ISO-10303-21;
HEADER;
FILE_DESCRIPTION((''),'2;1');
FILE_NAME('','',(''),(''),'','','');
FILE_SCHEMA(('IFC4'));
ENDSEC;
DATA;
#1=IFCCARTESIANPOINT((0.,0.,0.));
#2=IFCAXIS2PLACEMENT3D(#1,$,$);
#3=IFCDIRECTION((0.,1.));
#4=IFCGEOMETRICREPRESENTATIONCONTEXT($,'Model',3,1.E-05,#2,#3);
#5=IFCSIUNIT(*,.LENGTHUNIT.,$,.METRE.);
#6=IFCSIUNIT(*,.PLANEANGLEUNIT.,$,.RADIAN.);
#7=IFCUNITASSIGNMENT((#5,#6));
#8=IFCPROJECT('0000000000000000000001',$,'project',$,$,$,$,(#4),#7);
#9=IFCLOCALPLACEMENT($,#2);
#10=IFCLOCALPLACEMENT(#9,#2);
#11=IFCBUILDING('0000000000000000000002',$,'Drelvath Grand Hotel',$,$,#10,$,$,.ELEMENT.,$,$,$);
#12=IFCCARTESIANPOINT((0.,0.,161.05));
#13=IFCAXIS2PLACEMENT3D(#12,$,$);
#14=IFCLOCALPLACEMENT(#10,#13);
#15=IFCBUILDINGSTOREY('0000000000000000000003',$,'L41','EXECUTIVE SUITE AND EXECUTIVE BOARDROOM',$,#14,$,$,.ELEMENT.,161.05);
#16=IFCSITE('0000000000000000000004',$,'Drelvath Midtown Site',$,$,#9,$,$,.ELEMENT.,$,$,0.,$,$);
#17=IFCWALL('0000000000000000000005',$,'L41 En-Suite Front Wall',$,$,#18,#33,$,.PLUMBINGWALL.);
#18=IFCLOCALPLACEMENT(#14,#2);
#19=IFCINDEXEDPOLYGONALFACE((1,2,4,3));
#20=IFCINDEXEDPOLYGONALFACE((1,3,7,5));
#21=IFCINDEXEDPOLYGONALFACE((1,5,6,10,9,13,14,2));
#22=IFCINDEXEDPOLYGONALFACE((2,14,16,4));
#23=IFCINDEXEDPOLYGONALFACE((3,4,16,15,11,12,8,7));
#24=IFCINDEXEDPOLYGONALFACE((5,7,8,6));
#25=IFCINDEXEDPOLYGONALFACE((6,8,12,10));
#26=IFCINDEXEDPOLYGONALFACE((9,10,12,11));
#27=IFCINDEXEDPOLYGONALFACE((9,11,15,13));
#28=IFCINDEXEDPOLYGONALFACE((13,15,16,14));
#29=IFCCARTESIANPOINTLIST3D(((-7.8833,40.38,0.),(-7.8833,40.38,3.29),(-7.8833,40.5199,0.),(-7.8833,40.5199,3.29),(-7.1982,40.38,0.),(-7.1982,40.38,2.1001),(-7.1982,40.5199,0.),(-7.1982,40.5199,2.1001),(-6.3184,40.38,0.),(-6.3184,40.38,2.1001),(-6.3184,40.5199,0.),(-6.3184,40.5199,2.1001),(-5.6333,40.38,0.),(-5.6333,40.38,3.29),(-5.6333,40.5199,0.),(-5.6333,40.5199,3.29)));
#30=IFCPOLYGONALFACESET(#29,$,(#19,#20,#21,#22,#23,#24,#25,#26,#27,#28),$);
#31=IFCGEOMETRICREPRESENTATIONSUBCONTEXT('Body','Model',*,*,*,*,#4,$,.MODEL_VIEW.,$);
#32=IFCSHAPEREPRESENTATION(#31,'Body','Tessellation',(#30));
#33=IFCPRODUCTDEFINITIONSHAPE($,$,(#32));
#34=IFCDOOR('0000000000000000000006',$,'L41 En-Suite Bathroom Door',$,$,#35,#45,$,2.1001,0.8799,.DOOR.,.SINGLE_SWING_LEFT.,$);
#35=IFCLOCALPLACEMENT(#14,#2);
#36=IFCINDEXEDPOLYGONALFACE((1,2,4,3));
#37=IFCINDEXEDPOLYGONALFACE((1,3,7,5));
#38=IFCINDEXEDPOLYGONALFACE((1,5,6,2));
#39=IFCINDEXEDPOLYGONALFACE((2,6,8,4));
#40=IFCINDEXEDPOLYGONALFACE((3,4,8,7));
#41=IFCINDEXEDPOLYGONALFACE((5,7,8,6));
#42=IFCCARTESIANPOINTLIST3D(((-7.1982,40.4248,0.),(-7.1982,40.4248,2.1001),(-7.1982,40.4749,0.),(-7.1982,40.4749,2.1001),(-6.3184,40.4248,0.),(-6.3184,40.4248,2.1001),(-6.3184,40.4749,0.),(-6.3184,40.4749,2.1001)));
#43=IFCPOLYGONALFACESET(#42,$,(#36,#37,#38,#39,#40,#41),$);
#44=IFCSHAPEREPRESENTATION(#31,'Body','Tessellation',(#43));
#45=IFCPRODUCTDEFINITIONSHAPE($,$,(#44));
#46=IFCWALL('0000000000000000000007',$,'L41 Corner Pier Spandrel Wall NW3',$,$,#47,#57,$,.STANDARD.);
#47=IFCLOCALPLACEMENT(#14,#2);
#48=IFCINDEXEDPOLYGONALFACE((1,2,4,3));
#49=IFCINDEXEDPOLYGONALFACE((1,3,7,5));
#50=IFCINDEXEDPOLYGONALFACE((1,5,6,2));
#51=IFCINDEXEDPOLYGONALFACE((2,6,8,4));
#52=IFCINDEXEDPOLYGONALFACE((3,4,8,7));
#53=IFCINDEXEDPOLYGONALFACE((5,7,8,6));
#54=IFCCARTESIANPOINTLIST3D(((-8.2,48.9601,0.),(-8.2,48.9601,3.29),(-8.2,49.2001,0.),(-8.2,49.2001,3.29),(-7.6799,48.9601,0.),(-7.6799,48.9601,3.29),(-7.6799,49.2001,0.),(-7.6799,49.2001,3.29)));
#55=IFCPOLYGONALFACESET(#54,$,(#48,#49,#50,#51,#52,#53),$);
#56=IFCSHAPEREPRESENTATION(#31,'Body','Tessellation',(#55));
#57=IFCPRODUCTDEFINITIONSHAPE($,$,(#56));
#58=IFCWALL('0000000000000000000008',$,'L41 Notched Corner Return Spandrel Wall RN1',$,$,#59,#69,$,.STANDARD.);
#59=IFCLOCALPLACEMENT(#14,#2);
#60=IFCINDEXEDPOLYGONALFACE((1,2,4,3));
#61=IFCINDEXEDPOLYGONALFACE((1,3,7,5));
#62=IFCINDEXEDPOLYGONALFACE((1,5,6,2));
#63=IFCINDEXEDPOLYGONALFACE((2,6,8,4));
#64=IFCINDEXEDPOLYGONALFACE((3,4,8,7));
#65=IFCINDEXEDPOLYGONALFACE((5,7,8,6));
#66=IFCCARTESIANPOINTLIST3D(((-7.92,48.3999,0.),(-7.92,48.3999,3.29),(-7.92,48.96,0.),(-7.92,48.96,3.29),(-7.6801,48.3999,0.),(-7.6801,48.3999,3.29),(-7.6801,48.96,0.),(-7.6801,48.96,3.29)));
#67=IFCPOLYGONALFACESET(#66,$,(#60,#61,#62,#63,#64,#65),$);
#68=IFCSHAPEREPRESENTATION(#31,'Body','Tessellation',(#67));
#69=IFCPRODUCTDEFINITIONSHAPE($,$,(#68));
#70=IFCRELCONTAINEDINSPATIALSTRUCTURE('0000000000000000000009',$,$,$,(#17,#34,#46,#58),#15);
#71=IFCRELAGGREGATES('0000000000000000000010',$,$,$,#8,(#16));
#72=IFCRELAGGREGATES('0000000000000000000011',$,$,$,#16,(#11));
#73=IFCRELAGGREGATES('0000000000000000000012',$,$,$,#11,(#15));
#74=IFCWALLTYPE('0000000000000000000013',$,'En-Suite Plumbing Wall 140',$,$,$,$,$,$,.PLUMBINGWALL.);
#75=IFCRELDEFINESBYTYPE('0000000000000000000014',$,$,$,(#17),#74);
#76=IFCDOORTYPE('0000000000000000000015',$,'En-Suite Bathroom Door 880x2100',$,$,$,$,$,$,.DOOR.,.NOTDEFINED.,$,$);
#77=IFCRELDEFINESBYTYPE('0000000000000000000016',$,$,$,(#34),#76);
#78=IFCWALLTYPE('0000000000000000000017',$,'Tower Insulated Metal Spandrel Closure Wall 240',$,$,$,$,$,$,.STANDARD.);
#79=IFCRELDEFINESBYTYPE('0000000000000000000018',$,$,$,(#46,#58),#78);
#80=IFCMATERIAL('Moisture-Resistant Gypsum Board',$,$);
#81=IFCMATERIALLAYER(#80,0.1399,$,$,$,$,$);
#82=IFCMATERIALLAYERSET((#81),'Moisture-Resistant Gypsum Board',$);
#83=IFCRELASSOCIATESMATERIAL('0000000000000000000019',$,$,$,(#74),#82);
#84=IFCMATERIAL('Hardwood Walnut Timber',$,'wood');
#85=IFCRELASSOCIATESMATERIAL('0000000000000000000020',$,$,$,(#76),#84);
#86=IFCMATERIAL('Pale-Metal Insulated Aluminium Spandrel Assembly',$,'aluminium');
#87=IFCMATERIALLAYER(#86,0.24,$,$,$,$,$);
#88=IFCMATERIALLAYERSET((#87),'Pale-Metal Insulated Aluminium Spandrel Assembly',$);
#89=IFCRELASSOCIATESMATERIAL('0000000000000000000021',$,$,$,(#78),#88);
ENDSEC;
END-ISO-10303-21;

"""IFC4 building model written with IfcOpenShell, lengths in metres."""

from ifc_helpers import new_model, si_unit, direction, frame, frame_2d, origin, place, context, subcontext, project, spatial, rectangle, extrude, material, layer, layer_set, type_object, element, fill, save


model = new_model("IFC4")

# Units and contexts
model_context = context("Model", 3, precision=1e-05, world=origin(), true_north=direction((0.0, 1.0)))
body_context = subcontext(model_context, "Body", "Model", "MODEL_VIEW")
ifc_project = project(units=[si_unit("LENGTHUNIT", "METRE"), si_unit("PLANEANGLEUNIT", "RADIAN")], contexts=[model_context])

# Site, building, storey
site_placement = place(None, origin())
site = spatial("IfcSite", under=ifc_project, at=site_placement, Name="Drelvath Midtown Site", CompositionType="ELEMENT", RefElevation=0.0)
building_placement = place(site_placement, origin())
building = spatial("IfcBuilding", under=site, at=building_placement, Name="Drelvath Grand Hotel", CompositionType="ELEMENT")
storey_placement = place(building_placement, frame((0.0, 0.0, 161.05)))
storey = spatial("IfcBuildingStorey", under=building, at=storey_placement, Name="L41", Description="EXECUTIVE SUITE AND EXECUTIVE BOARDROOM", CompositionType="ELEMENT", Elevation=161.05)

# Wall, opening, door
ifc_material_1 = material(Name="Moisture-Resistant Gypsum Board")
ifc_layer_1 = layer(ifc_material_1, 0.1399)
ifc_layer_set_1 = layer_set([ifc_layer_1], Name="Moisture-Resistant Gypsum Board")
wall_type_1 = type_object("IfcWallType", Name="En-Suite Plumbing Wall 140", PredefinedType="PLUMBINGWALL", material=ifc_layer_set_1)
wall_1_placement = place(storey_placement, frame((-7.8833, 40.45, 0.0), z_axis=(0.0, 0.0, 1.0), x_axis=(1.0, 0.0, 0.0)))
wall_1 = element("IfcWall", 1, at=wall_1_placement, inside=storey, type_object=wall_type_1, Name="L41 En-Suite Front Wall", PredefinedType="PLUMBINGWALL", context=body_context, shape_type="SweptSolid", body=[
    extrude(rectangle(XDim=2.25, YDim=0.1399, at=frame_2d((1.125, 0.0))), origin(), (0.0, 0.0, 1.0), 3.29),
])
opening_placement = place(wall_1_placement, frame((0.6851, 0.0, 0.0)))
opening = element("IfcOpeningElement", 2, at=opening_placement, cuts=wall_1, PredefinedType="OPENING", context=body_context, shape_type="SweptSolid", body=[
    extrude(rectangle(XDim=0.8799, YDim=2.1001, at=frame_2d((0.4399, 1.05))), frame((0.0, 0.0798, 0.0), z_axis=(0.0, -1.0, 0.0), x_axis=(1.0, 0.0, 0.0)), (0.0, 0.0, 1.0), 0.1599),
])
ifc_material_2 = material(Name="Hardwood Walnut Timber", Category="wood")
door_type = type_object("IfcDoorType", Name="En-Suite Bathroom Door 880x2100", OperationType="NOTDEFINED", PredefinedType="DOOR", material=ifc_material_2)
door_placement = place(opening_placement, origin())
door = element("IfcDoor", 3, at=door_placement, inside=storey, type_object=door_type, Name="L41 En-Suite Bathroom Door", OperationType="SINGLE_SWING_LEFT", OverallHeight=2.1001, OverallWidth=0.8799, PredefinedType="DOOR", context=body_context, shape_type="SweptSolid", body=[
    extrude(rectangle(XDim=0.8799, YDim=2.1001, at=frame_2d((0.4399, 1.05))), frame((0.0, 0.0249, 0.0), z_axis=(0.0, -1.0, 0.0), x_axis=(1.0, 0.0, 0.0)), (0.0, 0.0, 1.0), 0.05),
])
fill(opening, door)

# Walls
ifc_material_3 = material(Name="Pale-Metal Insulated Aluminium Spandrel Assembly", Category="aluminium")
ifc_layer_2 = layer(ifc_material_3, 0.24)
ifc_layer_set_2 = layer_set([ifc_layer_2], Name="Pale-Metal Insulated Aluminium Spandrel Assembly")
wall_type_2 = type_object("IfcWallType", Name="Tower Insulated Metal Spandrel Closure Wall 240", PredefinedType="STANDARD", material=ifc_layer_set_2)
wall_2_placement = place(storey_placement, frame((-8.2, 49.0801, 0.0), z_axis=(0.0, 0.0, 1.0), x_axis=(1.0, 0.0, 0.0)))
element("IfcWall", 4, at=wall_2_placement, inside=storey, type_object=wall_type_2, Name="L41 Corner Pier Spandrel Wall NW3", PredefinedType="STANDARD", context=body_context, shape_type="SweptSolid", body=[
    extrude(rectangle(XDim=0.52, YDim=0.24, at=frame_2d((0.26, 0.0))), origin(), (0.0, 0.0, 1.0), 3.29),
])
wall_3_placement = place(storey_placement, frame((-7.8, 48.96, 0.0), z_axis=(0.0, 0.0, 1.0), x_axis=(0.0, -1.0, 0.0)))
element("IfcWall", 5, at=wall_3_placement, inside=storey, type_object=wall_type_2, Name="L41 Notched Corner Return Spandrel Wall RN1", PredefinedType="STANDARD", context=body_context, shape_type="SweptSolid", body=[
    extrude(rectangle(XDim=0.5601, YDim=0.24, at=frame_2d((0.28, 0.0))), origin(), (0.0, 0.0, 1.0), 3.29),
])

save(model, "model.ifc")
